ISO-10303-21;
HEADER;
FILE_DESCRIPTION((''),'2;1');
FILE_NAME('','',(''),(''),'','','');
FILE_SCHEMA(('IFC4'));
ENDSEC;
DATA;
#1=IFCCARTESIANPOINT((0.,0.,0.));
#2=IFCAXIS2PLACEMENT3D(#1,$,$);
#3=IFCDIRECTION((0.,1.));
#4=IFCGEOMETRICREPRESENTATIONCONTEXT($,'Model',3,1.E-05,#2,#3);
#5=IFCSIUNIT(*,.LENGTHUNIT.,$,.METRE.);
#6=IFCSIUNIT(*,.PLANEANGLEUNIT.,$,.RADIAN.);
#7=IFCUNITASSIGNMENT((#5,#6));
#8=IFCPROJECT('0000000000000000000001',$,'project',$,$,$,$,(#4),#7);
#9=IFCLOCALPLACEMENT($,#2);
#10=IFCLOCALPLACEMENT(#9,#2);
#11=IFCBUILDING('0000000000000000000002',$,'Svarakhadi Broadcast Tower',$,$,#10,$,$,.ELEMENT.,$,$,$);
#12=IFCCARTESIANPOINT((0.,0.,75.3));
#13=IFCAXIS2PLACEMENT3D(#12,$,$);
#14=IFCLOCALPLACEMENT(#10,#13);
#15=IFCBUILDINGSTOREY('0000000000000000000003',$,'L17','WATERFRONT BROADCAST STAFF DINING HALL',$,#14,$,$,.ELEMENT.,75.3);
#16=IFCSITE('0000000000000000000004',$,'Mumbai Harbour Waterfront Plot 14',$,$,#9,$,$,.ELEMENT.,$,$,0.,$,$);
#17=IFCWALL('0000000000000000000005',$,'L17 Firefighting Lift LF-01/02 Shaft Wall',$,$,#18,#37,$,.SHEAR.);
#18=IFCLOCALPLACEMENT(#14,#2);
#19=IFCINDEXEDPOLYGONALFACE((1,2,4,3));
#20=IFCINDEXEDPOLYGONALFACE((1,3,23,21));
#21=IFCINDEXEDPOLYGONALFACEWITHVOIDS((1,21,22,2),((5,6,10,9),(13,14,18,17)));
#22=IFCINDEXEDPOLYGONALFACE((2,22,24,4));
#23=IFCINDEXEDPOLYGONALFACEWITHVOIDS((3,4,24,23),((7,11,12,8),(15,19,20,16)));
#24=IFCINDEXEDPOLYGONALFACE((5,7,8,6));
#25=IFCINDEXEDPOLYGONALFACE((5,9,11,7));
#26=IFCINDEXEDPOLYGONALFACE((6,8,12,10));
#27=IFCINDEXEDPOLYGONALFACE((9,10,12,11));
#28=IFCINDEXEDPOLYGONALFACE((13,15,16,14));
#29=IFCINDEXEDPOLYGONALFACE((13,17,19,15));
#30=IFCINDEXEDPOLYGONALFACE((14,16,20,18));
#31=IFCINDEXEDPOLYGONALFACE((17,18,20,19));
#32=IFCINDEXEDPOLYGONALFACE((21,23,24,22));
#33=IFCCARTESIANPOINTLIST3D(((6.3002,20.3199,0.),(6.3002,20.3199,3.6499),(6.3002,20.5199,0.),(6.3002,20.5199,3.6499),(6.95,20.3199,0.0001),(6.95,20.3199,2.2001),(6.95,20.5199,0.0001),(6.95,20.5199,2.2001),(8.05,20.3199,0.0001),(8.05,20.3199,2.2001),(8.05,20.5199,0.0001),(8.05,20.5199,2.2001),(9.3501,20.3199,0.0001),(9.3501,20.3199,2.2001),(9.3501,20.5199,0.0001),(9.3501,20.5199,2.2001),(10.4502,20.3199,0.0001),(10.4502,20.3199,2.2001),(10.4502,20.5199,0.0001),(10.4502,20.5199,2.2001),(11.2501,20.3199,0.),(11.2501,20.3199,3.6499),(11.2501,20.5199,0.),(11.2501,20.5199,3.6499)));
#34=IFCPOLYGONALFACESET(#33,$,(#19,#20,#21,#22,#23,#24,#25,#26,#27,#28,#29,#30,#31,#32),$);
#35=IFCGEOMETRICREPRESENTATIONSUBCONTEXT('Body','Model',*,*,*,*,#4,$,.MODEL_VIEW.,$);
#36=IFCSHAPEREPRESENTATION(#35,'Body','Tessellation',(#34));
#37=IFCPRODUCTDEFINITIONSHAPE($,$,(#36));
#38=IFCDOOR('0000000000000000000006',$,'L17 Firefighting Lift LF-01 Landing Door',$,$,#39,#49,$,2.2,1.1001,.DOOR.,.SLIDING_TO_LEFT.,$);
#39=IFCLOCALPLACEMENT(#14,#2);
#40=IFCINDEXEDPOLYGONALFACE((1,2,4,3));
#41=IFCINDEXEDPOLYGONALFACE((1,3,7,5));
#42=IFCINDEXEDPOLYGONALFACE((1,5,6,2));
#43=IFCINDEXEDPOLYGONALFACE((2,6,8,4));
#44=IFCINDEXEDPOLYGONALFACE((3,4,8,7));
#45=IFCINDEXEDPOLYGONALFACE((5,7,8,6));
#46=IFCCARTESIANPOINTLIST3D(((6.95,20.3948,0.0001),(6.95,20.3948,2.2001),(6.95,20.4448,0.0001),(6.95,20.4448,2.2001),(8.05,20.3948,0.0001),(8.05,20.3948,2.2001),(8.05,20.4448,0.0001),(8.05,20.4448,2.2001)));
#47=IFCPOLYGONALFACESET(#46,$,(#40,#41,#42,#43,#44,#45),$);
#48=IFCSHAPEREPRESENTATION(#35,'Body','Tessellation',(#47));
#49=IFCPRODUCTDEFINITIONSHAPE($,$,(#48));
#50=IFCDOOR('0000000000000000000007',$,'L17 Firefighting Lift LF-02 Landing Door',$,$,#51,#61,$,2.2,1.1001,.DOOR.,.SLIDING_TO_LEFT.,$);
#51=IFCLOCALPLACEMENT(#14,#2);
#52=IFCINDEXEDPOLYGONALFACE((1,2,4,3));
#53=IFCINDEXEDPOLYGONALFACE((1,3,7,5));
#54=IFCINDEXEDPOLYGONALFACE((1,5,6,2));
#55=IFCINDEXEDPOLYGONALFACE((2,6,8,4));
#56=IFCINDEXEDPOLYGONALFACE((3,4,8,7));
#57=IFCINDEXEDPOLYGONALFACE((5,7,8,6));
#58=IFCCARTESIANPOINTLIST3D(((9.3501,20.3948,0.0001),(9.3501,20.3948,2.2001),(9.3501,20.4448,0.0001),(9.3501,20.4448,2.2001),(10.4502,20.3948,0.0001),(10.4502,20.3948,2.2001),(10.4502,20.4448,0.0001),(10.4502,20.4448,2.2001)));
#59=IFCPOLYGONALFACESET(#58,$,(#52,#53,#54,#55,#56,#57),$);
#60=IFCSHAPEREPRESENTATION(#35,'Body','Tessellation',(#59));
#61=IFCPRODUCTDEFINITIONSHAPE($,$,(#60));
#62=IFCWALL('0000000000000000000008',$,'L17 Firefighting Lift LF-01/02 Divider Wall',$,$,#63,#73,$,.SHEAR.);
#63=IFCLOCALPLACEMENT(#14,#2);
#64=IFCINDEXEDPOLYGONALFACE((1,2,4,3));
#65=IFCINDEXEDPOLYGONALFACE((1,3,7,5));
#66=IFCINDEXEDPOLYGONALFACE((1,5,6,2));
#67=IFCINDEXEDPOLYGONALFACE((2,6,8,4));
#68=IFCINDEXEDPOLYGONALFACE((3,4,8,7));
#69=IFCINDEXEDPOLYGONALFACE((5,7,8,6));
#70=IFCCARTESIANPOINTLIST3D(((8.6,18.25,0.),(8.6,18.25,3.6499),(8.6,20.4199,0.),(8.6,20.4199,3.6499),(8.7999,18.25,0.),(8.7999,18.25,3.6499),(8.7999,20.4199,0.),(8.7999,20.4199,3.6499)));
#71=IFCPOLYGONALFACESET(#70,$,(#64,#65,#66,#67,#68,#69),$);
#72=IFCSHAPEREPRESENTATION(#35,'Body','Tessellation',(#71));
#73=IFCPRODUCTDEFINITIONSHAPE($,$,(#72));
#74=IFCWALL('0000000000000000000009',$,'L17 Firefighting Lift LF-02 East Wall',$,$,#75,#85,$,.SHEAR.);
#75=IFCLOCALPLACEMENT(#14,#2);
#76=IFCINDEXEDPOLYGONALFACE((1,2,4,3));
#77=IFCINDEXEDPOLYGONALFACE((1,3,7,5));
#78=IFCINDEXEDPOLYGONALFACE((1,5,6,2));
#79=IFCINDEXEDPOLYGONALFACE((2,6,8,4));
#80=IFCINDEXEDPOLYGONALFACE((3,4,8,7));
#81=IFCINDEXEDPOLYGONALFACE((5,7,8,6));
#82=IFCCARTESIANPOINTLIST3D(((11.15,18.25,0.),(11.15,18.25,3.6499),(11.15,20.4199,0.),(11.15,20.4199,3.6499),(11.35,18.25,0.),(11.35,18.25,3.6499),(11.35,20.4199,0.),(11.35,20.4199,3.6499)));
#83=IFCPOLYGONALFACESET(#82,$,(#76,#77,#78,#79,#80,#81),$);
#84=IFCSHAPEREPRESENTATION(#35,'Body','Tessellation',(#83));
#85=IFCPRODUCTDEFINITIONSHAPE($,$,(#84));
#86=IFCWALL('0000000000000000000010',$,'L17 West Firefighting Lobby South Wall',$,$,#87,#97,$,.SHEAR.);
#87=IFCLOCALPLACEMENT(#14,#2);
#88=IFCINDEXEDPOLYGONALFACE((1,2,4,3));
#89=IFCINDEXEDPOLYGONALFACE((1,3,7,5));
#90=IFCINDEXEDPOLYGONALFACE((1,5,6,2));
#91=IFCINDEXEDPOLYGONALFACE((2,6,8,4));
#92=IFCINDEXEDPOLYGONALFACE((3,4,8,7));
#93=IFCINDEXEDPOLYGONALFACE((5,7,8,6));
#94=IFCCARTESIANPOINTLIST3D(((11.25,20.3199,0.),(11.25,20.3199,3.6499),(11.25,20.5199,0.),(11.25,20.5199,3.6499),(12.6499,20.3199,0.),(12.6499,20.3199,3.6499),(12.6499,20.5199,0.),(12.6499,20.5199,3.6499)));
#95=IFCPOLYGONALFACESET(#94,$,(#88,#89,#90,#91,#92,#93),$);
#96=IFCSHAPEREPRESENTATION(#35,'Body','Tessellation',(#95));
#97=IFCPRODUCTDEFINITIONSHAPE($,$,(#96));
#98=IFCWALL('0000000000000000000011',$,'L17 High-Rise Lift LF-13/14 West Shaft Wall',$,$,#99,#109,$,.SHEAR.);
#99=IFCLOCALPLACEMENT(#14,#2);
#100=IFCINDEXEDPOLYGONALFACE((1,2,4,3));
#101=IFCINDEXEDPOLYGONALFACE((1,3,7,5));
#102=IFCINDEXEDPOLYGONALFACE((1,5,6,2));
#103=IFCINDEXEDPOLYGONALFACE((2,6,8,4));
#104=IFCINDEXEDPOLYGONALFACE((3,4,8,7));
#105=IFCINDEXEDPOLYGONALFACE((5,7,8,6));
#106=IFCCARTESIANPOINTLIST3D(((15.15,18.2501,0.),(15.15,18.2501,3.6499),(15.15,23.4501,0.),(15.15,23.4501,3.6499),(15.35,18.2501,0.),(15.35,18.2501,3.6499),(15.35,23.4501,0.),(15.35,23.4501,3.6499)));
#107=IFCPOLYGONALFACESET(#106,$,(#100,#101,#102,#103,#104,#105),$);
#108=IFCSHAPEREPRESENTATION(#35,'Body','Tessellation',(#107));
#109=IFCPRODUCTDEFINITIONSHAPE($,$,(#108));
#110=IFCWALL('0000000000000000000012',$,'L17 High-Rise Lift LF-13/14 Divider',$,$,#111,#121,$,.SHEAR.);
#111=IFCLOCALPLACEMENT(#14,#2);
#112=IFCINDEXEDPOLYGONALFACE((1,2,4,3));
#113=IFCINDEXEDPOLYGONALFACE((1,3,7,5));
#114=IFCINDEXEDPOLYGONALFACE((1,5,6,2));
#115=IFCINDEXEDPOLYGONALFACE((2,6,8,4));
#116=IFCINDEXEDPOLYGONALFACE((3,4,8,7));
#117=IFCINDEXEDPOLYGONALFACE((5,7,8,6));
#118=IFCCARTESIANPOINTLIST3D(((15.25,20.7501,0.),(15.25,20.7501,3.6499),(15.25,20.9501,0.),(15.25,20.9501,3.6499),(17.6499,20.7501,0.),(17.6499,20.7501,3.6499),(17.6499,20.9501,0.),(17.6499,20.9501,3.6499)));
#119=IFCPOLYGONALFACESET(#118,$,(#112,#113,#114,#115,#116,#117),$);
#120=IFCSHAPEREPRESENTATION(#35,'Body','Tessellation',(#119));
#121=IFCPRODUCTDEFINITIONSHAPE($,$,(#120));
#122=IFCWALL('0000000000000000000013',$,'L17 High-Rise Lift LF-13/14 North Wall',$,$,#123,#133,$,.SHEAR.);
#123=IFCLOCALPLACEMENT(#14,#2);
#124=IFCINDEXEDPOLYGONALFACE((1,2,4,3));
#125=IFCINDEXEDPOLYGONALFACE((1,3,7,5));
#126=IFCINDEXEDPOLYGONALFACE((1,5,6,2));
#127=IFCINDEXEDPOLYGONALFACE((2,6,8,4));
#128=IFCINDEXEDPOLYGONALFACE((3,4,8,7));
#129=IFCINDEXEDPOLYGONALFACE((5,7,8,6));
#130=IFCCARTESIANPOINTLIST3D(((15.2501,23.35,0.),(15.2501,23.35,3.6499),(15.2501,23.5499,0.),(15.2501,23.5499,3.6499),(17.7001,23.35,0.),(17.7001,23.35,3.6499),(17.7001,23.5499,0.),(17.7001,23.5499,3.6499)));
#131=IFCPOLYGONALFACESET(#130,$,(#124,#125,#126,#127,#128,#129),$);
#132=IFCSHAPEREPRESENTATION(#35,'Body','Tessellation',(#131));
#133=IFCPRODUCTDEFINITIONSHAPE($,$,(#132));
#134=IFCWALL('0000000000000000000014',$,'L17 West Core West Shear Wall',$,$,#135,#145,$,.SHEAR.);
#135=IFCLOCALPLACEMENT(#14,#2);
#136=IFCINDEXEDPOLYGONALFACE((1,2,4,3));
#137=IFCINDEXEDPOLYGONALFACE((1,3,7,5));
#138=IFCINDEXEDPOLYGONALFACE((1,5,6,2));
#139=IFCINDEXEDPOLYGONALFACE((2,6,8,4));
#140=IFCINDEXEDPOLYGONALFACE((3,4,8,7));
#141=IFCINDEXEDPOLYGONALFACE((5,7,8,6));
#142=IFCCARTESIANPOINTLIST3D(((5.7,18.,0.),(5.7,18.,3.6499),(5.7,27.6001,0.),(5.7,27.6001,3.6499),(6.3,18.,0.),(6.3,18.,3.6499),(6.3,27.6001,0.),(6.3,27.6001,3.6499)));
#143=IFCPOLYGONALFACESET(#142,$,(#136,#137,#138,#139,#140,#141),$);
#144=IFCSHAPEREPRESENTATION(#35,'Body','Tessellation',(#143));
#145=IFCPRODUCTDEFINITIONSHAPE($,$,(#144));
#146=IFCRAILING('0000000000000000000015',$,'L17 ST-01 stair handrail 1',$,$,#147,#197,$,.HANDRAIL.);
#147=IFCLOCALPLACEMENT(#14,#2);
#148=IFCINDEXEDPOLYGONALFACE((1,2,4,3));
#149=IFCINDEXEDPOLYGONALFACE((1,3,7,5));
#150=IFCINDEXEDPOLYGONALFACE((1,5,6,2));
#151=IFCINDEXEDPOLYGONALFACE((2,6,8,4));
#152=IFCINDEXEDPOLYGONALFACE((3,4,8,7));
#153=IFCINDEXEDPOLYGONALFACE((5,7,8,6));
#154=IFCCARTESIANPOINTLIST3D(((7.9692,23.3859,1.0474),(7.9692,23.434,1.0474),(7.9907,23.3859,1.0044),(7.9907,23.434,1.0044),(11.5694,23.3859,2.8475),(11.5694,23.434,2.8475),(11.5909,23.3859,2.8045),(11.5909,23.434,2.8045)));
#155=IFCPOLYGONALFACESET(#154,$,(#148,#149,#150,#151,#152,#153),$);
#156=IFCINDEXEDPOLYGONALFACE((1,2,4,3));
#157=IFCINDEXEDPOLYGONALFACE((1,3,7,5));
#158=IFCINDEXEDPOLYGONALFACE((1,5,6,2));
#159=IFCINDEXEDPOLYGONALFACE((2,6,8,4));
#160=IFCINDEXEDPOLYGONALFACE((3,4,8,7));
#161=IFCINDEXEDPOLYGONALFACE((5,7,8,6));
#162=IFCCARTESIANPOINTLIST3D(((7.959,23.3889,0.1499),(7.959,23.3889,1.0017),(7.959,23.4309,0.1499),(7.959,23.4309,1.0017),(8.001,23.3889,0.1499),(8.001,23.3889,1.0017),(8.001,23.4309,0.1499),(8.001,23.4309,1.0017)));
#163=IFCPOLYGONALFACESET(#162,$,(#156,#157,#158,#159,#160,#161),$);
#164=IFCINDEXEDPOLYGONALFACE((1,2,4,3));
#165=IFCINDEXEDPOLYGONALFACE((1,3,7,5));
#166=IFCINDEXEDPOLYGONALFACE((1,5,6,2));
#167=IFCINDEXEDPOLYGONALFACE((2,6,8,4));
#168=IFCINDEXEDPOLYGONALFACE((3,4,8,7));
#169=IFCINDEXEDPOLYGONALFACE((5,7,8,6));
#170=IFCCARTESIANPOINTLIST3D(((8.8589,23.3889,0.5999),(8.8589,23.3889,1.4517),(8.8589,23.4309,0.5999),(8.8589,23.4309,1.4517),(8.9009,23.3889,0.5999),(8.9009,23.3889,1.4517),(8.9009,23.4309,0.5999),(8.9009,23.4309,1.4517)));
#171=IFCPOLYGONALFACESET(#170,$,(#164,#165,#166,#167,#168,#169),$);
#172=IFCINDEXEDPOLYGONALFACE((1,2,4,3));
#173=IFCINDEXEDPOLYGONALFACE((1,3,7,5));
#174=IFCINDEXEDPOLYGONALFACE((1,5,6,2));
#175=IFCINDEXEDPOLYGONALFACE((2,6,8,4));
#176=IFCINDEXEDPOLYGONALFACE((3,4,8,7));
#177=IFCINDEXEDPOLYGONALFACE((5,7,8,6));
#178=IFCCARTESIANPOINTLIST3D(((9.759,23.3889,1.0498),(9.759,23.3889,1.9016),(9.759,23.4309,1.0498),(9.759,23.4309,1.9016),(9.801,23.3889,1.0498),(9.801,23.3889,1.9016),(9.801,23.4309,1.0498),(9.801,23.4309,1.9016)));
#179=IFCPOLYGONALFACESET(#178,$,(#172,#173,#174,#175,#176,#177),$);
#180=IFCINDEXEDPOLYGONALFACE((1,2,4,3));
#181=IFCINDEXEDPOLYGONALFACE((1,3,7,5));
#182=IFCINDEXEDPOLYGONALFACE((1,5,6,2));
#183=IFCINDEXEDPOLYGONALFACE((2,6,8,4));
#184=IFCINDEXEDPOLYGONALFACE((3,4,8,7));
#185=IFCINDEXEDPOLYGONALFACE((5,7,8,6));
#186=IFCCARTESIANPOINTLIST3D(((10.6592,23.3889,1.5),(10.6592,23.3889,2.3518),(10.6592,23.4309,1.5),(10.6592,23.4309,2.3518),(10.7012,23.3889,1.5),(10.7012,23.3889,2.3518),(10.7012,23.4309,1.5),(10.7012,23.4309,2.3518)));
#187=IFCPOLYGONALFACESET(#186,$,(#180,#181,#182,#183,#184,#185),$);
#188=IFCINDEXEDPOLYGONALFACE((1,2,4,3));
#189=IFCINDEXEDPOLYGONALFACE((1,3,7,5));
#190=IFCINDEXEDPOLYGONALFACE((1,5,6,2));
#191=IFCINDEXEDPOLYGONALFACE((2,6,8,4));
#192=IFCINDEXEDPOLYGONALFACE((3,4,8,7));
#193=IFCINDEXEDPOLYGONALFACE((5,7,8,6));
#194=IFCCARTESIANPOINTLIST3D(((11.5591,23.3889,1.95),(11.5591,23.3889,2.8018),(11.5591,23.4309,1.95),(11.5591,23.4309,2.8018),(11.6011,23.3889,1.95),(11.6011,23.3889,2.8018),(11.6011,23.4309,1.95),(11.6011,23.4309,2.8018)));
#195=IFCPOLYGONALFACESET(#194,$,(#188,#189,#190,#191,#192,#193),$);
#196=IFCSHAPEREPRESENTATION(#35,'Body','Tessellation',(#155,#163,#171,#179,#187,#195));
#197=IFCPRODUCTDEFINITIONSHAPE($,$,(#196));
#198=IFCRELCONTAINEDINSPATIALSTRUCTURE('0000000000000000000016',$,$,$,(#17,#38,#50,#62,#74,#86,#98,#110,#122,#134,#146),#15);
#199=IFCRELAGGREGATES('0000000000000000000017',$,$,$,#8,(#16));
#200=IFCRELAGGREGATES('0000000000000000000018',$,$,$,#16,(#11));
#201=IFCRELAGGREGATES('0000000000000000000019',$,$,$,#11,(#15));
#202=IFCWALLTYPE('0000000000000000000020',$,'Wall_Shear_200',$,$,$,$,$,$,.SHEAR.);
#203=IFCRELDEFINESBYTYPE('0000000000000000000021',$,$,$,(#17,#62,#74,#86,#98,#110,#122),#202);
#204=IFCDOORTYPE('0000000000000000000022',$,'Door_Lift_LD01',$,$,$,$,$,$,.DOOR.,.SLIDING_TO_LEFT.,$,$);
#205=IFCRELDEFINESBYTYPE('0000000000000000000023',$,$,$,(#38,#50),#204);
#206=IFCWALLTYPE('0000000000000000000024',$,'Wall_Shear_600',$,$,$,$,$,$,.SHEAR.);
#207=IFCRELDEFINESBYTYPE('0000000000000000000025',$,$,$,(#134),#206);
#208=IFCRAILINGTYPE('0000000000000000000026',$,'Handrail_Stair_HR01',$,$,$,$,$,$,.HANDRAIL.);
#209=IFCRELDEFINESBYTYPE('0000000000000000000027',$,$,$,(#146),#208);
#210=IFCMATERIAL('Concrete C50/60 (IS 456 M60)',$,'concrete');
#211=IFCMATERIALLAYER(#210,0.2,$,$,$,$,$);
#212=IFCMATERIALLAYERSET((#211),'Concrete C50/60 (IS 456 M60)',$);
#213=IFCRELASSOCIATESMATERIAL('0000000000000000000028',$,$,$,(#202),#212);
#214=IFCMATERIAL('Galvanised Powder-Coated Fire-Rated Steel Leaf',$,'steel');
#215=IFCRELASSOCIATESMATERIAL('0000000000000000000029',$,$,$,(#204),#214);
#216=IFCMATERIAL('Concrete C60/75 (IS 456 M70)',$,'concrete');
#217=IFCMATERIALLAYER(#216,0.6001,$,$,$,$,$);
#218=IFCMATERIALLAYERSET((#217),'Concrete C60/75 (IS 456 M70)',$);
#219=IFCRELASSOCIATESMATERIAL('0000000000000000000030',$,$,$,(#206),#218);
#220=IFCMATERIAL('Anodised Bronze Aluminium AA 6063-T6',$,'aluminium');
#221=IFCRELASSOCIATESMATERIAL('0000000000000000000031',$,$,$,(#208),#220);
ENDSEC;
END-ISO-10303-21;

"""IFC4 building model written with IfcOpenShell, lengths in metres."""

from ifc_helpers import new_model, si_unit, direction, frame, frame_2d, origin, origin_2d, place, context, subcontext, project, spatial, rectangle, extrude, material, layer, layer_set, type_object, element, fill, save


model = new_model("IFC4")

# Units and contexts
model_context = context("Model", 3, precision=1e-05, world=origin(), true_north=direction((0.0, 1.0)))
body_context = subcontext(model_context, "Body", "Model", "MODEL_VIEW")
ifc_project = project(units=[si_unit("LENGTHUNIT", "METRE"), si_unit("PLANEANGLEUNIT", "RADIAN")], contexts=[model_context])

# Site, building, storey
site_placement = place(None, origin())
site = spatial("IfcSite", under=ifc_project, at=site_placement, Name="Mumbai Harbour Waterfront Plot 14", CompositionType="ELEMENT", RefElevation=0.0)
building_placement = place(site_placement, origin())
building = spatial("IfcBuilding", under=site, at=building_placement, Name="Svarakhadi Broadcast Tower", CompositionType="ELEMENT")
storey_placement = place(building_placement, frame((0.0, 0.0, 75.3)))
storey = spatial("IfcBuildingStorey", under=building, at=storey_placement, Name="L17", Description="WATERFRONT BROADCAST STAFF DINING HALL", CompositionType="ELEMENT", Elevation=75.3)

# Shared definitions
ifc_material_1 = material(Name="Concrete C60/75 (IS 456 M70)", Category="concrete")

# Shared definitions
ifc_material_2 = material(Name="Concrete C50/60 (IS 456 M60)", Category="concrete")

# Shared definitions
ifc_layer_1 = layer(ifc_material_2, 0.2)
ifc_layer_set_1 = layer_set([ifc_layer_1], Name="Concrete C50/60 (IS 456 M60)")
wall_type_1 = type_object("IfcWallType", Name="Wall_Shear_200", PredefinedType="SHEAR", material=ifc_layer_set_1)
ifc_material_3 = material(Name="Galvanised Powder-Coated Fire-Rated Steel Leaf", Category="steel")

# Wall, openings, doors
wall_1_placement = place(storey_placement, frame((6.3, 20.4199, 0.0), z_axis=(0.0, 0.0, 1.0), x_axis=(1.0, 0.0, 0.0)))
wall_1 = element("IfcWall", 1, at=wall_1_placement, inside=storey, type_object=wall_type_1, Name="L17 Firefighting Lift LF-01/02 Shaft Wall", PredefinedType="SHEAR", context=body_context, shape_type="SweptSolid", body=[
    extrude(rectangle(XDim=4.95, YDim=0.2, at=frame_2d((2.4751, 0.0))), origin(), (0.0, 0.0, 1.0), 3.6499),
])
opening_1_placement = place(wall_1_placement, frame((0.6499, 0.0, 0.0)))
opening_1 = element("IfcOpeningElement", 2, at=opening_1_placement, cuts=wall_1, PredefinedType="OPENING", context=body_context, shape_type="SweptSolid", body=[
    extrude(rectangle(XDim=1.1001, YDim=2.2, at=frame_2d((0.55, 1.1001))), frame((0.0, 0.1099, 0.0), z_axis=(0.0, -1.0, 0.0), x_axis=(1.0, 0.0, 0.0)), (0.0, 0.0, 1.0), 0.22),
])
opening_2_placement = place(wall_1_placement, frame((3.05, 0.0, 0.0)))
opening_2 = element("IfcOpeningElement", 3, at=opening_2_placement, cuts=wall_1, PredefinedType="OPENING", context=body_context, shape_type="SweptSolid", body=[
    extrude(rectangle(XDim=1.1001, YDim=2.2, at=frame_2d((0.55, 1.1001))), frame((0.0, 0.1099, 0.0), z_axis=(0.0, -1.0, 0.0), x_axis=(1.0, 0.0, 0.0)), (0.0, 0.0, 1.0), 0.22),
])
door_type_1 = type_object("IfcDoorType", Name="Door_Lift_LD01", OperationType="SLIDING_TO_LEFT", PredefinedType="DOOR", material=ifc_material_3)
door_1_placement = place(opening_1_placement, origin())
door_1 = element("IfcDoor", 4, at=door_1_placement, inside=storey, type_object=door_type_1, Name="L17 Firefighting Lift LF-01 Landing Door", OperationType="SLIDING_TO_LEFT", OverallHeight=2.2, OverallWidth=1.1001, PredefinedType="DOOR", context=body_context, shape_type="SweptSolid", body=[
    extrude(rectangle(XDim=1.1001, YDim=2.2, at=frame_2d((0.55, 1.1001))), frame((0.0, 0.0249, 0.0), z_axis=(0.0, -1.0, 0.0), x_axis=(1.0, 0.0, 0.0)), (0.0, 0.0, 1.0), 0.05),
])
fill(opening_1, door_1)
door_2_placement = place(opening_2_placement, origin())
door_2 = element("IfcDoor", 5, at=door_2_placement, inside=storey, type_object=door_type_1, Name="L17 Firefighting Lift LF-02 Landing Door", OperationType="SLIDING_TO_LEFT", OverallHeight=2.2, OverallWidth=1.1001, PredefinedType="DOOR", context=body_context, shape_type="SweptSolid", body=[
    extrude(rectangle(XDim=1.1001, YDim=2.2, at=frame_2d((0.55, 1.1001))), frame((0.0, 0.0249, 0.0), z_axis=(0.0, -1.0, 0.0), x_axis=(1.0, 0.0, 0.0)), (0.0, 0.0, 1.0), 0.05),
])
fill(opening_2, door_2)

# Walls
for number, where, z_axis, x_axis, name in (
    (6, (8.7, 18.25, 0.0), (0.0, 0.0, 1.0), (0.0, 1.0, 0.0), "L17 Firefighting Lift LF-01/02 Divider Wall"),
    (7, (11.25, 18.25, 0.0), (0.0, 0.0, 1.0), (0.0, 1.0, 0.0), "L17 Firefighting Lift LF-02 East Wall"),
):
    element("IfcWall", number, at=place(storey_placement, frame(where, z_axis=z_axis, x_axis=x_axis)), inside=storey, type_object=wall_type_1, Name=name, PredefinedType="SHEAR", context=body_context, shape_type="SweptSolid", body=[
        extrude(rectangle(XDim=2.1699, YDim=0.2, at=frame_2d((1.085, 0.0))), origin(), (0.0, 0.0, 1.0), 3.6499),
    ])
wall_2_placement = place(storey_placement, frame((11.25, 20.4199, 0.0), z_axis=(0.0, 0.0, 1.0), x_axis=(1.0, 0.0, 0.0)))
element("IfcWall", 8, at=wall_2_placement, inside=storey, type_object=wall_type_1, Name="L17 West Firefighting Lobby South Wall", PredefinedType="SHEAR", context=body_context, shape_type="SweptSolid", body=[
    extrude(rectangle(XDim=1.3999, YDim=0.2, at=frame_2d((0.7, 0.0))), origin(), (0.0, 0.0, 1.0), 3.6499),
])

# Walls
wall_3_placement = place(storey_placement, frame((15.25, 18.25, 0.0), z_axis=(0.0, 0.0, 1.0), x_axis=(0.0, 1.0, 0.0)))
element("IfcWall", 9, at=wall_3_placement, inside=storey, type_object=wall_type_1, Name="L17 High-Rise Lift LF-13/14 West Shaft Wall", PredefinedType="SHEAR", context=body_context, shape_type="SweptSolid", body=[
    extrude(rectangle(XDim=5.2, YDim=0.2, at=frame_2d((2.6001, 0.0))), origin(), (0.0, 0.0, 1.0), 3.6499),
])
wall_4_placement = place(storey_placement, frame((15.25, 20.8501, 0.0), z_axis=(0.0, 0.0, 1.0), x_axis=(1.0, 0.0, 0.0)))
element("IfcWall", 10, at=wall_4_placement, inside=storey, type_object=wall_type_1, Name="L17 High-Rise Lift LF-13/14 Divider", PredefinedType="SHEAR", context=body_context, shape_type="SweptSolid", body=[
    extrude(rectangle(XDim=2.3999, YDim=0.2, at=frame_2d((1.2, 0.0))), origin(), (0.0, 0.0, 1.0), 3.6499),
])
wall_5_placement = place(storey_placement, frame((15.25, 23.45, 0.0), z_axis=(0.0, 0.0, 1.0), x_axis=(1.0, 0.0, 0.0)))
element("IfcWall", 11, at=wall_5_placement, inside=storey, type_object=wall_type_1, Name="L17 High-Rise Lift LF-13/14 North Wall", PredefinedType="SHEAR", context=body_context, shape_type="SweptSolid", body=[
    extrude(rectangle(XDim=2.45, YDim=0.2, at=frame_2d((1.2251, 0.0))), origin(), (0.0, 0.0, 1.0), 3.6499),
])
ifc_layer_2 = layer(ifc_material_1, 0.6001)
ifc_layer_set_2 = layer_set([ifc_layer_2], Name="Concrete C60/75 (IS 456 M70)")
wall_type_2 = type_object("IfcWallType", Name="Wall_Shear_600", PredefinedType="SHEAR", material=ifc_layer_set_2)
wall_6_placement = place(storey_placement, frame((6.0, 18.0, 0.0), z_axis=(0.0, 0.0, 1.0), x_axis=(0.0, 1.0, 0.0)))
element("IfcWall", 12, at=wall_6_placement, inside=storey, type_object=wall_type_2, Name="L17 West Core West Shear Wall", PredefinedType="SHEAR", context=body_context, shape_type="SweptSolid", body=[
    extrude(rectangle(XDim=9.6001, YDim=0.6001, at=frame_2d((4.8, 0.0))), origin(), (0.0, 0.0, 1.0), 3.6499),
])

# Railing
ifc_material_4 = material(Name="Anodised Bronze Aluminium AA 6063-T6", Category="aluminium")
railing_type = type_object("IfcRailingType", Name="Handrail_Stair_HR01", PredefinedType="HANDRAIL", material=ifc_material_4)
railing_placement = place(storey_placement, frame((7.98, 23.4099, 0.1499)))
element("IfcRailing", 13, at=railing_placement, inside=storey, type_object=railing_type, Name="L17 ST-01 stair handrail 1", PredefinedType="HANDRAIL", context=body_context, shape_type="SweptSolid", body=[
    extrude(rectangle(XDim=0.0481, YDim=0.0481, at=origin_2d()), frame((0.0, 0.0, 0.876), z_axis=(0.894427, 0.0, 0.447214), x_axis=(0.0, 1.0, 0.0)), (0.0, 0.0, 1.0), 4.0251),
    extrude(rectangle(XDim=0.042, YDim=0.042, at=origin_2d()), origin(), (0.0, 0.0, 1.0), 0.8518),
    extrude(rectangle(XDim=0.042, YDim=0.042, at=origin_2d()), frame((0.8999, 0.0, 0.45)), (0.0, 0.0, 1.0), 0.8518),
    extrude(rectangle(XDim=0.042, YDim=0.042, at=origin_2d()), frame((1.8, 0.0, 0.8999)), (0.0, 0.0, 1.0), 0.8518),
    extrude(rectangle(XDim=0.042, YDim=0.042, at=origin_2d()), frame((2.7002, 0.0, 1.3501)), (0.0, 0.0, 1.0), 0.8518),
    extrude(rectangle(XDim=0.042, YDim=0.042, at=origin_2d()), frame((3.6001, 0.0, 1.8)), (0.0, 0.0, 1.0), 0.8518),
])

save(model, "model.ifc")
